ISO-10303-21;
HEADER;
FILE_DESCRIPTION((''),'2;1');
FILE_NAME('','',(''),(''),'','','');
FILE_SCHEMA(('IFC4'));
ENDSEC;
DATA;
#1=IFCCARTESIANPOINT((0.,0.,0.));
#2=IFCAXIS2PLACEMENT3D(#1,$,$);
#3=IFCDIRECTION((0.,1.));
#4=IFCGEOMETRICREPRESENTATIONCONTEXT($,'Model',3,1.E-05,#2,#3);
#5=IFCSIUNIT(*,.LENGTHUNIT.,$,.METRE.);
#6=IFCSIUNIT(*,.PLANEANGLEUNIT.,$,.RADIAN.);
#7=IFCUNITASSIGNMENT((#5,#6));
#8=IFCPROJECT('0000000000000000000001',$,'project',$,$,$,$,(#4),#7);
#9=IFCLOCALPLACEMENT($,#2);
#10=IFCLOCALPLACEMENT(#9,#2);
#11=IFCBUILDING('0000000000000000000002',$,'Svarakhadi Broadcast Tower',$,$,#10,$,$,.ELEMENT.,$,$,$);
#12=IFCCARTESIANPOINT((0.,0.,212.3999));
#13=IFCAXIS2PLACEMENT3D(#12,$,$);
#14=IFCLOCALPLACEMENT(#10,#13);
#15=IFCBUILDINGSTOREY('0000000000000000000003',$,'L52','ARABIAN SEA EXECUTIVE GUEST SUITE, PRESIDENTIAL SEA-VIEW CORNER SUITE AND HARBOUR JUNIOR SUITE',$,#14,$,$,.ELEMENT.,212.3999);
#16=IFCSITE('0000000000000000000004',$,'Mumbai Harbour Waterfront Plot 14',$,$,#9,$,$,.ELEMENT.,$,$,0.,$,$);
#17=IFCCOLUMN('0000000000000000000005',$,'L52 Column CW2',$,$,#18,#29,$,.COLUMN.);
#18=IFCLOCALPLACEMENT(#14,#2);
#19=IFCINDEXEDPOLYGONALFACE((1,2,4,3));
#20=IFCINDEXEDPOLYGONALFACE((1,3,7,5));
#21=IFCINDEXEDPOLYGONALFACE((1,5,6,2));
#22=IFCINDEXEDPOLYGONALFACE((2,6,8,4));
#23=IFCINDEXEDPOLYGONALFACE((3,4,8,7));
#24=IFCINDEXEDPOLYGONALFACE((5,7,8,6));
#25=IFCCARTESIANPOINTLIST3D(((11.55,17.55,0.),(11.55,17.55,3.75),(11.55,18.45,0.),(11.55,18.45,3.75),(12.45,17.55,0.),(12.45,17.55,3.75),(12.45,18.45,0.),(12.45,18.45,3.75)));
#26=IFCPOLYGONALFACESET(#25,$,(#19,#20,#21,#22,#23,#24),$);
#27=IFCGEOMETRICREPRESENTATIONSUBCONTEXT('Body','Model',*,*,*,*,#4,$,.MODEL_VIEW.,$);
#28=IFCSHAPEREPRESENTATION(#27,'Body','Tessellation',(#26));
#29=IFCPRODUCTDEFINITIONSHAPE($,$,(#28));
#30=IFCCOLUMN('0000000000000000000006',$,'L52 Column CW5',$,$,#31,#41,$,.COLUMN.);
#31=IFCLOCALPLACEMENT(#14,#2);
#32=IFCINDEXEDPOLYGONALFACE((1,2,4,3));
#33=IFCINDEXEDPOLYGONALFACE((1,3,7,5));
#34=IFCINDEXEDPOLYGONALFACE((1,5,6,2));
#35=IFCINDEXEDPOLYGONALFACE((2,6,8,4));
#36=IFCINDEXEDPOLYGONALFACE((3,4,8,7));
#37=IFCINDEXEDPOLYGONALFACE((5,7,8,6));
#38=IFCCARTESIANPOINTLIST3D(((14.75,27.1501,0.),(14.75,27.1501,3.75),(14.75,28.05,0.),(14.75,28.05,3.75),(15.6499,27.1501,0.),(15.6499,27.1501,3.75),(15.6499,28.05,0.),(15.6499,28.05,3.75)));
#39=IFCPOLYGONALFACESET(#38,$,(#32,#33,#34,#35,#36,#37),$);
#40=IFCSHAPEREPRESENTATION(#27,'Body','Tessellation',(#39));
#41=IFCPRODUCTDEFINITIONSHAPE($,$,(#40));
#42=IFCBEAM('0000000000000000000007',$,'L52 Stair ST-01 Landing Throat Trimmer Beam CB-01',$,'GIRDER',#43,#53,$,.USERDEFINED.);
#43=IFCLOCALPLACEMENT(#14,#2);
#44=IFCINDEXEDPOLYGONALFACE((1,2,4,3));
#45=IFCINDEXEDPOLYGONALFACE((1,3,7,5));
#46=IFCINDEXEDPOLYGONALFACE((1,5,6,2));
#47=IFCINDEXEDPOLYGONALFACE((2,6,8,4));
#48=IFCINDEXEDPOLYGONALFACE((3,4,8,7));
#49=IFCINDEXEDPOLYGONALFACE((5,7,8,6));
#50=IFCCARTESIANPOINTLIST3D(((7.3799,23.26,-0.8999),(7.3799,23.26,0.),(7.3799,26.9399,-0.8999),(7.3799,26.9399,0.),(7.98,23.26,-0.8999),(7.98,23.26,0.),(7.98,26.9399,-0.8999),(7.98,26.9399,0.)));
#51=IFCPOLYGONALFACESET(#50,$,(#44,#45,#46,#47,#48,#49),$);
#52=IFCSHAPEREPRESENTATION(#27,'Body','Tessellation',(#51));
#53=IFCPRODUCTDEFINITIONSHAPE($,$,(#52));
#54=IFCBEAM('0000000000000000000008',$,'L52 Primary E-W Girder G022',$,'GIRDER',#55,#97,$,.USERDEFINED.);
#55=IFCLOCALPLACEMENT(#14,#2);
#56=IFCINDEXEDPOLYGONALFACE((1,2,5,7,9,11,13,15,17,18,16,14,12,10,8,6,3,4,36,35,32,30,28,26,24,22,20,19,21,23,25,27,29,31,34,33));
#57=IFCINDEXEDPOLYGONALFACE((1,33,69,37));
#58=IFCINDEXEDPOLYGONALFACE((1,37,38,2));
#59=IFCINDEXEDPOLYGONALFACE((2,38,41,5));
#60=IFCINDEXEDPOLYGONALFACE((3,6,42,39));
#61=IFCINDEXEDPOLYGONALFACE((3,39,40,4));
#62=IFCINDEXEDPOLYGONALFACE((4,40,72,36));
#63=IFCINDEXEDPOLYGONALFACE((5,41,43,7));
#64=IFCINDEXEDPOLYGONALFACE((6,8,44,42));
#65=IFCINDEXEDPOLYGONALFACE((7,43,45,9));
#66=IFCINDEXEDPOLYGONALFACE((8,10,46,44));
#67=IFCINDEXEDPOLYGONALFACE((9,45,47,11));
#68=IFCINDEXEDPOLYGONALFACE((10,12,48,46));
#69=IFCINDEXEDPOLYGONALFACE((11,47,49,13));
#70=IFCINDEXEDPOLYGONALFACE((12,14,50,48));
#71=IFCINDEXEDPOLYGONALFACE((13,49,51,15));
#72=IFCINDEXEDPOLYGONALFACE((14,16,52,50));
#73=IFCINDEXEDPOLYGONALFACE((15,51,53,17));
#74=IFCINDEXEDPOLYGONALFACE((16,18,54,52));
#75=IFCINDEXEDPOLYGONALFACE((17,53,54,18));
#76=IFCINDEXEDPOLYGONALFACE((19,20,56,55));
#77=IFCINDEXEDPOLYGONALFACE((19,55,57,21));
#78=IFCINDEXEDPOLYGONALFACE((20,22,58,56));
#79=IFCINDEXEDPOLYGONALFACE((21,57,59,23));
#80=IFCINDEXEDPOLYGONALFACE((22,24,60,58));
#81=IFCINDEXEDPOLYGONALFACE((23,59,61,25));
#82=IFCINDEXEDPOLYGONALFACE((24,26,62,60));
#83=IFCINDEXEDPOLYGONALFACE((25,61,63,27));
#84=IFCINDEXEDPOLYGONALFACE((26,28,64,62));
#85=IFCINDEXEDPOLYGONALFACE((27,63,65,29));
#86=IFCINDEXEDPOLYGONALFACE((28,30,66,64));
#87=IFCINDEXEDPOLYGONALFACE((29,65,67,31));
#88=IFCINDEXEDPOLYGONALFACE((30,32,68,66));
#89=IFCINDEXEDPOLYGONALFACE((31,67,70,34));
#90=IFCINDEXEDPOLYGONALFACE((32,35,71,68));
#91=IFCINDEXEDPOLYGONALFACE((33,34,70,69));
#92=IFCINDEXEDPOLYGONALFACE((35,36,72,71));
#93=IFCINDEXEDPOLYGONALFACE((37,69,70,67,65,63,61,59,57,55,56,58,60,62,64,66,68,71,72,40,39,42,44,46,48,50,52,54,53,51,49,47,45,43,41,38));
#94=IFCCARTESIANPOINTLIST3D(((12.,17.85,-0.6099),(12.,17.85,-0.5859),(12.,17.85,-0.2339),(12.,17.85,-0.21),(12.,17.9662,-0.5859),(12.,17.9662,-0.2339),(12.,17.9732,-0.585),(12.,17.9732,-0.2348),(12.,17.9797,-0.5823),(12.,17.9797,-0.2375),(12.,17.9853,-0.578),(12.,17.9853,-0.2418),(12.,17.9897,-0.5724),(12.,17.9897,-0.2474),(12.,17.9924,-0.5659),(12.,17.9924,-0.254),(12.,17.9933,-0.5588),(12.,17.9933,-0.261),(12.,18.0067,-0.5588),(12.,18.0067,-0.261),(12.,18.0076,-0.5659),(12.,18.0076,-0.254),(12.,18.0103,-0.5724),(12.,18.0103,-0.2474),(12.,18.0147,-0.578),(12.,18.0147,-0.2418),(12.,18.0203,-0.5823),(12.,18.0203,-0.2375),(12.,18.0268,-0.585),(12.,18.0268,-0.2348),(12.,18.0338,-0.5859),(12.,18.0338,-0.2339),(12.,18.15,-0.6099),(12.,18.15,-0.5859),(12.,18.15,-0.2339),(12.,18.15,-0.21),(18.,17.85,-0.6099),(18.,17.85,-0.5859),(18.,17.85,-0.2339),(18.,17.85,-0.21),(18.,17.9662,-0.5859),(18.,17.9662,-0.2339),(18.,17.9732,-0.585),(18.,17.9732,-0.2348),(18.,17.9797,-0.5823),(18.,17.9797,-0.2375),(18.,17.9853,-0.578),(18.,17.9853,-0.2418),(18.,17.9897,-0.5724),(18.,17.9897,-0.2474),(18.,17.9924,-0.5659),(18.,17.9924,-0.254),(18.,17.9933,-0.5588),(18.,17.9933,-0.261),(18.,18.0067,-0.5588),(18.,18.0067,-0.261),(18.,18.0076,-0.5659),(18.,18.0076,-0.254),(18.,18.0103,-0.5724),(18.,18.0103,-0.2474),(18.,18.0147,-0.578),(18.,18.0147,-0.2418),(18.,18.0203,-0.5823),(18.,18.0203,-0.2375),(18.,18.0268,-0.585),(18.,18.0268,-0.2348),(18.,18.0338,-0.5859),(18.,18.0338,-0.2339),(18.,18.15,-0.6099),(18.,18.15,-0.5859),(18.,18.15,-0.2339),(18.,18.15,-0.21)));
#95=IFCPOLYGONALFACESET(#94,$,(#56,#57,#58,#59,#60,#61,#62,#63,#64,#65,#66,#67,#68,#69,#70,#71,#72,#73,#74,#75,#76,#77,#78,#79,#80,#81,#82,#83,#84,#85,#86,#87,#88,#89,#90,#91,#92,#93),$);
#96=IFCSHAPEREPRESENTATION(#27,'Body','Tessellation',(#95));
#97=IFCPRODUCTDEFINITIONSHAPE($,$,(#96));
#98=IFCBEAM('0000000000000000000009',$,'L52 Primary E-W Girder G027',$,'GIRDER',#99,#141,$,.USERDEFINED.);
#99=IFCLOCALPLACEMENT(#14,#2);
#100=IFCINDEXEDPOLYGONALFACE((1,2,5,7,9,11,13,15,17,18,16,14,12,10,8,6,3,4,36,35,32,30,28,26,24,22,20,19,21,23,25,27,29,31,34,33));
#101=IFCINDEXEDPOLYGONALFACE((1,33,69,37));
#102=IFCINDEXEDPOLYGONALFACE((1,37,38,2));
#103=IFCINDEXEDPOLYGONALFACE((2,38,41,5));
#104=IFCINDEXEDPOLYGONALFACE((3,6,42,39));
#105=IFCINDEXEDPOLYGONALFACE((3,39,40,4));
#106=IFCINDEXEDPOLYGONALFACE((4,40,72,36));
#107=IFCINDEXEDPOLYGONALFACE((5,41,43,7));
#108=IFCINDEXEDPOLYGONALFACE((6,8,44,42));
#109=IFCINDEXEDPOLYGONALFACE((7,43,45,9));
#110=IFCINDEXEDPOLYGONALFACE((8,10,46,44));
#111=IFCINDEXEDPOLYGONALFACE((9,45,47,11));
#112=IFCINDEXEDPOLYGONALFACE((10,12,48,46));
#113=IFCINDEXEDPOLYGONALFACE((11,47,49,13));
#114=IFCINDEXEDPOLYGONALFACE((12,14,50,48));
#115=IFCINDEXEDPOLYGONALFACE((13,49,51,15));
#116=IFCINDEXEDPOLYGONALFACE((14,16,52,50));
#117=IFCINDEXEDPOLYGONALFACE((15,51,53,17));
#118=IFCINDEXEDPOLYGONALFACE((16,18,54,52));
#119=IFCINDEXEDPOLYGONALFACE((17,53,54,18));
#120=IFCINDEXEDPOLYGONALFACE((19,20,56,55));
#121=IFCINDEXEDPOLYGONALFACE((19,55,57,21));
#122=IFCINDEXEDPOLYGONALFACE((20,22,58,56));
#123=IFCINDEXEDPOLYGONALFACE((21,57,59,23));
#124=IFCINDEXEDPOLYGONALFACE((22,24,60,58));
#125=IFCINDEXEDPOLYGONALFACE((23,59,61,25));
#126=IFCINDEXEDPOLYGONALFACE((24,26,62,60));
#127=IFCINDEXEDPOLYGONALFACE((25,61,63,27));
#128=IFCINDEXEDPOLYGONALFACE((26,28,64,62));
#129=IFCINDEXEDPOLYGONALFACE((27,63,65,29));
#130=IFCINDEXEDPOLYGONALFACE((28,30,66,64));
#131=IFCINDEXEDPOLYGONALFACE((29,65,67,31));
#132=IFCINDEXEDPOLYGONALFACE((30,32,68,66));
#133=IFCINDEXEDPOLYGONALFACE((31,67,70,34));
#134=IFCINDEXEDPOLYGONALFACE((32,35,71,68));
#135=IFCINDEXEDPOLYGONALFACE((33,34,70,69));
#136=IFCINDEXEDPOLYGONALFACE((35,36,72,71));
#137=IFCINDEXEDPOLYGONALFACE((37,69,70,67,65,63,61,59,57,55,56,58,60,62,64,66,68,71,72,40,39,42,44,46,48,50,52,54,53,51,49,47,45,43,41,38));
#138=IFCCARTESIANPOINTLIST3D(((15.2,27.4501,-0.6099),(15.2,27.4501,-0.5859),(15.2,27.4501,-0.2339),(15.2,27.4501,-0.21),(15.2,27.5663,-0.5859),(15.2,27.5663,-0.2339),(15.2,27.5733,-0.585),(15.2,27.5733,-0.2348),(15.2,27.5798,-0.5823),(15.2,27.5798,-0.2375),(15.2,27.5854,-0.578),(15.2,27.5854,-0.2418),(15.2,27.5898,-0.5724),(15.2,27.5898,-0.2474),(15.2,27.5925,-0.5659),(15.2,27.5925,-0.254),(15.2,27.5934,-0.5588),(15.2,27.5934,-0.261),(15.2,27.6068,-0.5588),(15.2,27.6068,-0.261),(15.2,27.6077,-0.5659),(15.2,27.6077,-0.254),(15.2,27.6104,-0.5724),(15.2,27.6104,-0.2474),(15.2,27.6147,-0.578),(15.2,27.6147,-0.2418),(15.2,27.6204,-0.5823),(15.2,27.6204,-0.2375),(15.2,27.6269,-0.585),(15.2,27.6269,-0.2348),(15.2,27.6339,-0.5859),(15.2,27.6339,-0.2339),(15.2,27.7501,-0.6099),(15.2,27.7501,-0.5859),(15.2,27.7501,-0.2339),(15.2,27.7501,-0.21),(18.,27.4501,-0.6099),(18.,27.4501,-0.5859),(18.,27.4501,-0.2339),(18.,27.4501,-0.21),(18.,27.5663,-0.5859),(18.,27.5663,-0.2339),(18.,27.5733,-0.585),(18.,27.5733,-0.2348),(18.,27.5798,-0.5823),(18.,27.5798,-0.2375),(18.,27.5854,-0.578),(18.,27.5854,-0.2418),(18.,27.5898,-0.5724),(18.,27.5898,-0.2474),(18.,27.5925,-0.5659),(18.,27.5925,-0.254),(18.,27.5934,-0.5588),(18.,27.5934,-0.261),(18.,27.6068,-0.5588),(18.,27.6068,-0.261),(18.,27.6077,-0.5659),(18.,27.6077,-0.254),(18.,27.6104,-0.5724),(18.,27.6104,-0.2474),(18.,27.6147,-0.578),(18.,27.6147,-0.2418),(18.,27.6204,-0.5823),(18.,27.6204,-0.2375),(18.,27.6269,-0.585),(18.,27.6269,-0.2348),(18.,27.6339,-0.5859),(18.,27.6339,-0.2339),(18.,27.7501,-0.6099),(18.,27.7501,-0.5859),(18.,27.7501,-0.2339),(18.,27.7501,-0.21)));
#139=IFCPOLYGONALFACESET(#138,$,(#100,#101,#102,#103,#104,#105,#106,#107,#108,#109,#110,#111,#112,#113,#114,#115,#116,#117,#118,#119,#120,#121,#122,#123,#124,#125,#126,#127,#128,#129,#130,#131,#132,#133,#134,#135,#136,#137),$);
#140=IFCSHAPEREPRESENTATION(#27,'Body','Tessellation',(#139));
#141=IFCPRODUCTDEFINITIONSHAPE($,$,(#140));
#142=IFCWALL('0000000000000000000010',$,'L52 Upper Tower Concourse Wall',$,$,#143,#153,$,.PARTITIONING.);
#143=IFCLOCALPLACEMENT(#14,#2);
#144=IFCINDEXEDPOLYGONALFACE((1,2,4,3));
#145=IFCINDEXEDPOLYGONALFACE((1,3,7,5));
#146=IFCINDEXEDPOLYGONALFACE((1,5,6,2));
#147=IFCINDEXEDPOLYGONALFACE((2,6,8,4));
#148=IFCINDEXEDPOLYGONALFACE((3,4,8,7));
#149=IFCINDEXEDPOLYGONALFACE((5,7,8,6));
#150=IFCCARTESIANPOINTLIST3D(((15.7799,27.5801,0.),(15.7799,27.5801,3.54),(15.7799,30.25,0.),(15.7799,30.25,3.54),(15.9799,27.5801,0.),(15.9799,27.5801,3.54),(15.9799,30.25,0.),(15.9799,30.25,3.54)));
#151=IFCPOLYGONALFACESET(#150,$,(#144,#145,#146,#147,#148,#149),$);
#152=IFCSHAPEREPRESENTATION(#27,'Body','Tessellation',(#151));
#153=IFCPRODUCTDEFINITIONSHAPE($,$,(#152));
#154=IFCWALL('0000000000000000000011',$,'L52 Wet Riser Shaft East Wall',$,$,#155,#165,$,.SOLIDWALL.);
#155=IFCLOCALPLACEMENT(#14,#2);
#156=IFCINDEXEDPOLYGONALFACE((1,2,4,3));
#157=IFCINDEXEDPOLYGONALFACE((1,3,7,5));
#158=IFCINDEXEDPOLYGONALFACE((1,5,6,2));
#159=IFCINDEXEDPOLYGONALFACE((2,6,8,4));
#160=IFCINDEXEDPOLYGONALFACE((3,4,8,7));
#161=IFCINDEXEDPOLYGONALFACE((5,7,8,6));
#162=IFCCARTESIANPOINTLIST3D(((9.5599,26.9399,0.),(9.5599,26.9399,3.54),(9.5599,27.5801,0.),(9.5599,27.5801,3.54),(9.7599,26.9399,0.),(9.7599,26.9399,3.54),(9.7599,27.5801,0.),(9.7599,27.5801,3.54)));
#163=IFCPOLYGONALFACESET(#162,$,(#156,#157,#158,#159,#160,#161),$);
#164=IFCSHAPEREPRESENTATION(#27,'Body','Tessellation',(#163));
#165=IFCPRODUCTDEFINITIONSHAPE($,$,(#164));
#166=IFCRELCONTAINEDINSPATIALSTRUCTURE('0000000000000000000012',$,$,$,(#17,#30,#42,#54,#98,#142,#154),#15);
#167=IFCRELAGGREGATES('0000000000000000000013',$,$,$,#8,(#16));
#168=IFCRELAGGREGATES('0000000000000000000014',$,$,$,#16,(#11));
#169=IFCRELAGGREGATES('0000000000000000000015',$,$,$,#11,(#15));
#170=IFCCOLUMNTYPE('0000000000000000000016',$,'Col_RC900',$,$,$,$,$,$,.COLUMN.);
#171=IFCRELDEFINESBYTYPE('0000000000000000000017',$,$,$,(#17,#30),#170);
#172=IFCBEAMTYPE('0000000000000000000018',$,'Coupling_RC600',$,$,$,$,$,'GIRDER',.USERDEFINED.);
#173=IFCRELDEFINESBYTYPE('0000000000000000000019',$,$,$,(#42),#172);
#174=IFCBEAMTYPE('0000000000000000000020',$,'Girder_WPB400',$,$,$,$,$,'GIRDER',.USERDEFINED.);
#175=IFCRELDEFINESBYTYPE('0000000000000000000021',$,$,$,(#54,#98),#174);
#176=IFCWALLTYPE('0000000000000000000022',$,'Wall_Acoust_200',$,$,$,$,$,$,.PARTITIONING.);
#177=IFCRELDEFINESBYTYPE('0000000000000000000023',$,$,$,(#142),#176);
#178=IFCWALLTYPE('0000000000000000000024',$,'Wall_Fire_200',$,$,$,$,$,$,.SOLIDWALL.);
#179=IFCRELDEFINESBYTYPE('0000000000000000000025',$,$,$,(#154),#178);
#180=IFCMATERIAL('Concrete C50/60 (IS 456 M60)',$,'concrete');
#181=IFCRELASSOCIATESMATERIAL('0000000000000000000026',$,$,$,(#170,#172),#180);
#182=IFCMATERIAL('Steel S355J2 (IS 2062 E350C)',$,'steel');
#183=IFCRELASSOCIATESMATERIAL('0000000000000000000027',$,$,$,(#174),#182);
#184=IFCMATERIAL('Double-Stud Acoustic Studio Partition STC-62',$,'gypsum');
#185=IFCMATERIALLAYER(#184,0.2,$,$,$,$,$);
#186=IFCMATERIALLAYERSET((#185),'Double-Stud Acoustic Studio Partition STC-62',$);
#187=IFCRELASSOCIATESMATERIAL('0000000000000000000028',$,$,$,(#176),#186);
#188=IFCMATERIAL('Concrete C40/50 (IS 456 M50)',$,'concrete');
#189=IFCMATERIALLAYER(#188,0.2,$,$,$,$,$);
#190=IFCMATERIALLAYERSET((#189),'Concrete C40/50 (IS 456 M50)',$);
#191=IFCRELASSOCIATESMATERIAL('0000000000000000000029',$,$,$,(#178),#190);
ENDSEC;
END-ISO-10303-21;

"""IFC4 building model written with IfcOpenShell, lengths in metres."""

from ifc_helpers import new_model, si_unit, direction, frame, frame_2d, origin, origin_2d, place, context, subcontext, project, spatial, rectangle, i_section, extrude, material, layer, layer_set, material_profile, profile_set, type_object, element, save


model = new_model("IFC4")

# Units and contexts
model_context = context("Model", 3, precision=1e-05, world=origin(), true_north=direction((0.0, 1.0)))
body_context = subcontext(model_context, "Body", "Model", "MODEL_VIEW")
ifc_project = project(units=[si_unit("LENGTHUNIT", "METRE"), si_unit("PLANEANGLEUNIT", "RADIAN")], contexts=[model_context])

# Site, building, storey
site_placement = place(None, origin())
site = spatial("IfcSite", under=ifc_project, at=site_placement, Name="Mumbai Harbour Waterfront Plot 14", CompositionType="ELEMENT", RefElevation=0.0)
building_placement = place(site_placement, origin())
building = spatial("IfcBuilding", under=site, at=building_placement, Name="Svarakhadi Broadcast Tower", CompositionType="ELEMENT")
storey_placement = place(building_placement, frame((0.0, 0.0, 212.3999)))
storey = spatial("IfcBuildingStorey", under=building, at=storey_placement, Name="L52", Description="ARABIAN SEA EXECUTIVE GUEST SUITE, PRESIDENTIAL SEA-VIEW CORNER SUITE AND HARBOUR JUNIOR SUITE", CompositionType="ELEMENT", Elevation=212.3999)

# Columns
ifc_material_1 = material(Name="Concrete C50/60 (IS 456 M60)", Category="concrete")
ifc_material_profile_1 = material_profile(ifc_material_1, rectangle(XDim=0.8999, YDim=0.8999, at=origin_2d()), Name="RC 900x900")
ifc_profile_set_1 = profile_set([ifc_material_profile_1], Name="Concrete C50/60 (IS 456 M60)")
column_type = type_object("IfcColumnType", Name="Col_RC900", PredefinedType="COLUMN", material=ifc_profile_set_1)
for number, where, z_axis, x_axis, name in (
    (1, (12.0, 18.0, 0.0), (0.0, 0.0, 1.0), (1.0, 0.0, 0.0), "L52 Column CW2"),
    (2, (15.2, 27.6001, 0.0), (0.0, 0.0, 1.0), (1.0, 0.0, 0.0), "L52 Column CW5"),
):
    element("IfcColumn", number, at=place(storey_placement, frame(where, z_axis=z_axis, x_axis=x_axis)), inside=storey, type_object=column_type, Name=name, PredefinedType="COLUMN", context=body_context, shape_type="SweptSolid", body=[
        extrude(rectangle(XDim=0.8999, YDim=0.8999, at=origin_2d()), origin(), (0.0, 0.0, 1.0), 3.75),
    ])

# Beams
ifc_material_profile_2 = material_profile(ifc_material_1, rectangle(XDim=0.6001, YDim=0.8999, at=origin_2d()), Name="RC 600x900")
ifc_profile_set_2 = profile_set([ifc_material_profile_2], Name="Concrete C50/60 (IS 456 M60)")
beam_type_1 = type_object("IfcBeamType", Name="Coupling_RC600", ElementType="GIRDER", PredefinedType="USERDEFINED", material=ifc_profile_set_2)
beam_1_placement = place(storey_placement, frame((7.6799, 23.26, -0.45), z_axis=(0.0, 1.0, 0.0), x_axis=(-1.0, 0.0, 0.0)))
element("IfcBeam", 3, at=beam_1_placement, inside=storey, type_object=beam_type_1, Name="L52 Stair ST-01 Landing Throat Trimmer Beam CB-01", ObjectType="GIRDER", PredefinedType="USERDEFINED", context=body_context, shape_type="SweptSolid", body=[
    extrude(rectangle(XDim=0.6001, YDim=0.8999, at=origin_2d()), origin(), (0.0, 0.0, 1.0), 3.6799),
])
ifc_material_2 = material(Name="Steel S355J2 (IS 2062 E350C)", Category="steel")
ifc_material_profile_3 = material_profile(ifc_material_2, i_section(OverallWidth=0.3, OverallDepth=0.3999, WebThickness=0.0134, FlangeThickness=0.0239, FilletRadius=0.0271, at=origin_2d()), Name="WPB 400x300x155")
ifc_profile_set_3 = profile_set([ifc_material_profile_3], Name="Steel S355J2 (IS 2062 E350C)")
beam_type_2 = type_object("IfcBeamType", Name="Girder_WPB400", ElementType="GIRDER", PredefinedType="USERDEFINED", material=ifc_profile_set_3)
beam_2_placement = place(storey_placement, frame((12.0, 18.0, -0.4099), z_axis=(1.0, 0.0, 0.0), x_axis=(0.0, 1.0, 0.0)))
element("IfcBeam", 4, at=beam_2_placement, inside=storey, type_object=beam_type_2, Name="L52 Primary E-W Girder G022", ObjectType="GIRDER", PredefinedType="USERDEFINED", context=body_context, shape_type="SweptSolid", body=[
    extrude(i_section(OverallWidth=0.3, OverallDepth=0.3999, WebThickness=0.0134, FlangeThickness=0.0239, FilletRadius=0.0271, at=origin_2d()), origin(), (0.0, 0.0, 1.0), 6.0),
])
beam_3_placement = place(storey_placement, frame((15.2, 27.6001, -0.4099), z_axis=(1.0, 0.0, 0.0), x_axis=(0.0, 1.0, 0.0)))
element("IfcBeam", 5, at=beam_3_placement, inside=storey, type_object=beam_type_2, Name="L52 Primary E-W Girder G027", ObjectType="GIRDER", PredefinedType="USERDEFINED", context=body_context, shape_type="SweptSolid", body=[
    extrude(i_section(OverallWidth=0.3, OverallDepth=0.3999, WebThickness=0.0134, FlangeThickness=0.0239, FilletRadius=0.0271, at=origin_2d()), origin(), (0.0, 0.0, 1.0), 2.8),
])

# Walls
ifc_material_3 = material(Name="Double-Stud Acoustic Studio Partition STC-62", Category="gypsum")
ifc_layer_1 = layer(ifc_material_3, 0.2)
ifc_layer_set_1 = layer_set([ifc_layer_1], Name="Double-Stud Acoustic Studio Partition STC-62")
wall_type_1 = type_object("IfcWallType", Name="Wall_Acoust_200", PredefinedType="PARTITIONING", material=ifc_layer_set_1)
wall_1_placement = place(storey_placement, frame((15.8799, 27.5801, 0.0), z_axis=(0.0, 0.0, 1.0), x_axis=(0.0, 1.0, 0.0)))
element("IfcWall", 6, at=wall_1_placement, inside=storey, type_object=wall_type_1, Name="L52 Upper Tower Concourse Wall", PredefinedType="PARTITIONING", context=body_context, shape_type="SweptSolid", body=[
    extrude(rectangle(XDim=2.6699, YDim=0.2, at=frame_2d((1.335, 0.0))), origin(), (0.0, 0.0, 1.0), 3.54),
])
ifc_material_4 = material(Name="Concrete C40/50 (IS 456 M50)", Category="concrete")
ifc_layer_2 = layer(ifc_material_4, 0.2)
ifc_layer_set_2 = layer_set([ifc_layer_2], Name="Concrete C40/50 (IS 456 M50)")
wall_type_2 = type_object("IfcWallType", Name="Wall_Fire_200", PredefinedType="SOLIDWALL", material=ifc_layer_set_2)
wall_2_placement = place(storey_placement, frame((9.6599, 26.9399, 0.0), z_axis=(0.0, 0.0, 1.0), x_axis=(0.0, 1.0, 0.0)))
element("IfcWall", 7, at=wall_2_placement, inside=storey, type_object=wall_type_2, Name="L52 Wet Riser Shaft East Wall", PredefinedType="SOLIDWALL", context=body_context, shape_type="SweptSolid", body=[
    extrude(rectangle(XDim=0.6401, YDim=0.2, at=frame_2d((0.3201, 0.0))), origin(), (0.0, 0.0, 1.0), 3.54),
])

save(model, "model.ifc")
